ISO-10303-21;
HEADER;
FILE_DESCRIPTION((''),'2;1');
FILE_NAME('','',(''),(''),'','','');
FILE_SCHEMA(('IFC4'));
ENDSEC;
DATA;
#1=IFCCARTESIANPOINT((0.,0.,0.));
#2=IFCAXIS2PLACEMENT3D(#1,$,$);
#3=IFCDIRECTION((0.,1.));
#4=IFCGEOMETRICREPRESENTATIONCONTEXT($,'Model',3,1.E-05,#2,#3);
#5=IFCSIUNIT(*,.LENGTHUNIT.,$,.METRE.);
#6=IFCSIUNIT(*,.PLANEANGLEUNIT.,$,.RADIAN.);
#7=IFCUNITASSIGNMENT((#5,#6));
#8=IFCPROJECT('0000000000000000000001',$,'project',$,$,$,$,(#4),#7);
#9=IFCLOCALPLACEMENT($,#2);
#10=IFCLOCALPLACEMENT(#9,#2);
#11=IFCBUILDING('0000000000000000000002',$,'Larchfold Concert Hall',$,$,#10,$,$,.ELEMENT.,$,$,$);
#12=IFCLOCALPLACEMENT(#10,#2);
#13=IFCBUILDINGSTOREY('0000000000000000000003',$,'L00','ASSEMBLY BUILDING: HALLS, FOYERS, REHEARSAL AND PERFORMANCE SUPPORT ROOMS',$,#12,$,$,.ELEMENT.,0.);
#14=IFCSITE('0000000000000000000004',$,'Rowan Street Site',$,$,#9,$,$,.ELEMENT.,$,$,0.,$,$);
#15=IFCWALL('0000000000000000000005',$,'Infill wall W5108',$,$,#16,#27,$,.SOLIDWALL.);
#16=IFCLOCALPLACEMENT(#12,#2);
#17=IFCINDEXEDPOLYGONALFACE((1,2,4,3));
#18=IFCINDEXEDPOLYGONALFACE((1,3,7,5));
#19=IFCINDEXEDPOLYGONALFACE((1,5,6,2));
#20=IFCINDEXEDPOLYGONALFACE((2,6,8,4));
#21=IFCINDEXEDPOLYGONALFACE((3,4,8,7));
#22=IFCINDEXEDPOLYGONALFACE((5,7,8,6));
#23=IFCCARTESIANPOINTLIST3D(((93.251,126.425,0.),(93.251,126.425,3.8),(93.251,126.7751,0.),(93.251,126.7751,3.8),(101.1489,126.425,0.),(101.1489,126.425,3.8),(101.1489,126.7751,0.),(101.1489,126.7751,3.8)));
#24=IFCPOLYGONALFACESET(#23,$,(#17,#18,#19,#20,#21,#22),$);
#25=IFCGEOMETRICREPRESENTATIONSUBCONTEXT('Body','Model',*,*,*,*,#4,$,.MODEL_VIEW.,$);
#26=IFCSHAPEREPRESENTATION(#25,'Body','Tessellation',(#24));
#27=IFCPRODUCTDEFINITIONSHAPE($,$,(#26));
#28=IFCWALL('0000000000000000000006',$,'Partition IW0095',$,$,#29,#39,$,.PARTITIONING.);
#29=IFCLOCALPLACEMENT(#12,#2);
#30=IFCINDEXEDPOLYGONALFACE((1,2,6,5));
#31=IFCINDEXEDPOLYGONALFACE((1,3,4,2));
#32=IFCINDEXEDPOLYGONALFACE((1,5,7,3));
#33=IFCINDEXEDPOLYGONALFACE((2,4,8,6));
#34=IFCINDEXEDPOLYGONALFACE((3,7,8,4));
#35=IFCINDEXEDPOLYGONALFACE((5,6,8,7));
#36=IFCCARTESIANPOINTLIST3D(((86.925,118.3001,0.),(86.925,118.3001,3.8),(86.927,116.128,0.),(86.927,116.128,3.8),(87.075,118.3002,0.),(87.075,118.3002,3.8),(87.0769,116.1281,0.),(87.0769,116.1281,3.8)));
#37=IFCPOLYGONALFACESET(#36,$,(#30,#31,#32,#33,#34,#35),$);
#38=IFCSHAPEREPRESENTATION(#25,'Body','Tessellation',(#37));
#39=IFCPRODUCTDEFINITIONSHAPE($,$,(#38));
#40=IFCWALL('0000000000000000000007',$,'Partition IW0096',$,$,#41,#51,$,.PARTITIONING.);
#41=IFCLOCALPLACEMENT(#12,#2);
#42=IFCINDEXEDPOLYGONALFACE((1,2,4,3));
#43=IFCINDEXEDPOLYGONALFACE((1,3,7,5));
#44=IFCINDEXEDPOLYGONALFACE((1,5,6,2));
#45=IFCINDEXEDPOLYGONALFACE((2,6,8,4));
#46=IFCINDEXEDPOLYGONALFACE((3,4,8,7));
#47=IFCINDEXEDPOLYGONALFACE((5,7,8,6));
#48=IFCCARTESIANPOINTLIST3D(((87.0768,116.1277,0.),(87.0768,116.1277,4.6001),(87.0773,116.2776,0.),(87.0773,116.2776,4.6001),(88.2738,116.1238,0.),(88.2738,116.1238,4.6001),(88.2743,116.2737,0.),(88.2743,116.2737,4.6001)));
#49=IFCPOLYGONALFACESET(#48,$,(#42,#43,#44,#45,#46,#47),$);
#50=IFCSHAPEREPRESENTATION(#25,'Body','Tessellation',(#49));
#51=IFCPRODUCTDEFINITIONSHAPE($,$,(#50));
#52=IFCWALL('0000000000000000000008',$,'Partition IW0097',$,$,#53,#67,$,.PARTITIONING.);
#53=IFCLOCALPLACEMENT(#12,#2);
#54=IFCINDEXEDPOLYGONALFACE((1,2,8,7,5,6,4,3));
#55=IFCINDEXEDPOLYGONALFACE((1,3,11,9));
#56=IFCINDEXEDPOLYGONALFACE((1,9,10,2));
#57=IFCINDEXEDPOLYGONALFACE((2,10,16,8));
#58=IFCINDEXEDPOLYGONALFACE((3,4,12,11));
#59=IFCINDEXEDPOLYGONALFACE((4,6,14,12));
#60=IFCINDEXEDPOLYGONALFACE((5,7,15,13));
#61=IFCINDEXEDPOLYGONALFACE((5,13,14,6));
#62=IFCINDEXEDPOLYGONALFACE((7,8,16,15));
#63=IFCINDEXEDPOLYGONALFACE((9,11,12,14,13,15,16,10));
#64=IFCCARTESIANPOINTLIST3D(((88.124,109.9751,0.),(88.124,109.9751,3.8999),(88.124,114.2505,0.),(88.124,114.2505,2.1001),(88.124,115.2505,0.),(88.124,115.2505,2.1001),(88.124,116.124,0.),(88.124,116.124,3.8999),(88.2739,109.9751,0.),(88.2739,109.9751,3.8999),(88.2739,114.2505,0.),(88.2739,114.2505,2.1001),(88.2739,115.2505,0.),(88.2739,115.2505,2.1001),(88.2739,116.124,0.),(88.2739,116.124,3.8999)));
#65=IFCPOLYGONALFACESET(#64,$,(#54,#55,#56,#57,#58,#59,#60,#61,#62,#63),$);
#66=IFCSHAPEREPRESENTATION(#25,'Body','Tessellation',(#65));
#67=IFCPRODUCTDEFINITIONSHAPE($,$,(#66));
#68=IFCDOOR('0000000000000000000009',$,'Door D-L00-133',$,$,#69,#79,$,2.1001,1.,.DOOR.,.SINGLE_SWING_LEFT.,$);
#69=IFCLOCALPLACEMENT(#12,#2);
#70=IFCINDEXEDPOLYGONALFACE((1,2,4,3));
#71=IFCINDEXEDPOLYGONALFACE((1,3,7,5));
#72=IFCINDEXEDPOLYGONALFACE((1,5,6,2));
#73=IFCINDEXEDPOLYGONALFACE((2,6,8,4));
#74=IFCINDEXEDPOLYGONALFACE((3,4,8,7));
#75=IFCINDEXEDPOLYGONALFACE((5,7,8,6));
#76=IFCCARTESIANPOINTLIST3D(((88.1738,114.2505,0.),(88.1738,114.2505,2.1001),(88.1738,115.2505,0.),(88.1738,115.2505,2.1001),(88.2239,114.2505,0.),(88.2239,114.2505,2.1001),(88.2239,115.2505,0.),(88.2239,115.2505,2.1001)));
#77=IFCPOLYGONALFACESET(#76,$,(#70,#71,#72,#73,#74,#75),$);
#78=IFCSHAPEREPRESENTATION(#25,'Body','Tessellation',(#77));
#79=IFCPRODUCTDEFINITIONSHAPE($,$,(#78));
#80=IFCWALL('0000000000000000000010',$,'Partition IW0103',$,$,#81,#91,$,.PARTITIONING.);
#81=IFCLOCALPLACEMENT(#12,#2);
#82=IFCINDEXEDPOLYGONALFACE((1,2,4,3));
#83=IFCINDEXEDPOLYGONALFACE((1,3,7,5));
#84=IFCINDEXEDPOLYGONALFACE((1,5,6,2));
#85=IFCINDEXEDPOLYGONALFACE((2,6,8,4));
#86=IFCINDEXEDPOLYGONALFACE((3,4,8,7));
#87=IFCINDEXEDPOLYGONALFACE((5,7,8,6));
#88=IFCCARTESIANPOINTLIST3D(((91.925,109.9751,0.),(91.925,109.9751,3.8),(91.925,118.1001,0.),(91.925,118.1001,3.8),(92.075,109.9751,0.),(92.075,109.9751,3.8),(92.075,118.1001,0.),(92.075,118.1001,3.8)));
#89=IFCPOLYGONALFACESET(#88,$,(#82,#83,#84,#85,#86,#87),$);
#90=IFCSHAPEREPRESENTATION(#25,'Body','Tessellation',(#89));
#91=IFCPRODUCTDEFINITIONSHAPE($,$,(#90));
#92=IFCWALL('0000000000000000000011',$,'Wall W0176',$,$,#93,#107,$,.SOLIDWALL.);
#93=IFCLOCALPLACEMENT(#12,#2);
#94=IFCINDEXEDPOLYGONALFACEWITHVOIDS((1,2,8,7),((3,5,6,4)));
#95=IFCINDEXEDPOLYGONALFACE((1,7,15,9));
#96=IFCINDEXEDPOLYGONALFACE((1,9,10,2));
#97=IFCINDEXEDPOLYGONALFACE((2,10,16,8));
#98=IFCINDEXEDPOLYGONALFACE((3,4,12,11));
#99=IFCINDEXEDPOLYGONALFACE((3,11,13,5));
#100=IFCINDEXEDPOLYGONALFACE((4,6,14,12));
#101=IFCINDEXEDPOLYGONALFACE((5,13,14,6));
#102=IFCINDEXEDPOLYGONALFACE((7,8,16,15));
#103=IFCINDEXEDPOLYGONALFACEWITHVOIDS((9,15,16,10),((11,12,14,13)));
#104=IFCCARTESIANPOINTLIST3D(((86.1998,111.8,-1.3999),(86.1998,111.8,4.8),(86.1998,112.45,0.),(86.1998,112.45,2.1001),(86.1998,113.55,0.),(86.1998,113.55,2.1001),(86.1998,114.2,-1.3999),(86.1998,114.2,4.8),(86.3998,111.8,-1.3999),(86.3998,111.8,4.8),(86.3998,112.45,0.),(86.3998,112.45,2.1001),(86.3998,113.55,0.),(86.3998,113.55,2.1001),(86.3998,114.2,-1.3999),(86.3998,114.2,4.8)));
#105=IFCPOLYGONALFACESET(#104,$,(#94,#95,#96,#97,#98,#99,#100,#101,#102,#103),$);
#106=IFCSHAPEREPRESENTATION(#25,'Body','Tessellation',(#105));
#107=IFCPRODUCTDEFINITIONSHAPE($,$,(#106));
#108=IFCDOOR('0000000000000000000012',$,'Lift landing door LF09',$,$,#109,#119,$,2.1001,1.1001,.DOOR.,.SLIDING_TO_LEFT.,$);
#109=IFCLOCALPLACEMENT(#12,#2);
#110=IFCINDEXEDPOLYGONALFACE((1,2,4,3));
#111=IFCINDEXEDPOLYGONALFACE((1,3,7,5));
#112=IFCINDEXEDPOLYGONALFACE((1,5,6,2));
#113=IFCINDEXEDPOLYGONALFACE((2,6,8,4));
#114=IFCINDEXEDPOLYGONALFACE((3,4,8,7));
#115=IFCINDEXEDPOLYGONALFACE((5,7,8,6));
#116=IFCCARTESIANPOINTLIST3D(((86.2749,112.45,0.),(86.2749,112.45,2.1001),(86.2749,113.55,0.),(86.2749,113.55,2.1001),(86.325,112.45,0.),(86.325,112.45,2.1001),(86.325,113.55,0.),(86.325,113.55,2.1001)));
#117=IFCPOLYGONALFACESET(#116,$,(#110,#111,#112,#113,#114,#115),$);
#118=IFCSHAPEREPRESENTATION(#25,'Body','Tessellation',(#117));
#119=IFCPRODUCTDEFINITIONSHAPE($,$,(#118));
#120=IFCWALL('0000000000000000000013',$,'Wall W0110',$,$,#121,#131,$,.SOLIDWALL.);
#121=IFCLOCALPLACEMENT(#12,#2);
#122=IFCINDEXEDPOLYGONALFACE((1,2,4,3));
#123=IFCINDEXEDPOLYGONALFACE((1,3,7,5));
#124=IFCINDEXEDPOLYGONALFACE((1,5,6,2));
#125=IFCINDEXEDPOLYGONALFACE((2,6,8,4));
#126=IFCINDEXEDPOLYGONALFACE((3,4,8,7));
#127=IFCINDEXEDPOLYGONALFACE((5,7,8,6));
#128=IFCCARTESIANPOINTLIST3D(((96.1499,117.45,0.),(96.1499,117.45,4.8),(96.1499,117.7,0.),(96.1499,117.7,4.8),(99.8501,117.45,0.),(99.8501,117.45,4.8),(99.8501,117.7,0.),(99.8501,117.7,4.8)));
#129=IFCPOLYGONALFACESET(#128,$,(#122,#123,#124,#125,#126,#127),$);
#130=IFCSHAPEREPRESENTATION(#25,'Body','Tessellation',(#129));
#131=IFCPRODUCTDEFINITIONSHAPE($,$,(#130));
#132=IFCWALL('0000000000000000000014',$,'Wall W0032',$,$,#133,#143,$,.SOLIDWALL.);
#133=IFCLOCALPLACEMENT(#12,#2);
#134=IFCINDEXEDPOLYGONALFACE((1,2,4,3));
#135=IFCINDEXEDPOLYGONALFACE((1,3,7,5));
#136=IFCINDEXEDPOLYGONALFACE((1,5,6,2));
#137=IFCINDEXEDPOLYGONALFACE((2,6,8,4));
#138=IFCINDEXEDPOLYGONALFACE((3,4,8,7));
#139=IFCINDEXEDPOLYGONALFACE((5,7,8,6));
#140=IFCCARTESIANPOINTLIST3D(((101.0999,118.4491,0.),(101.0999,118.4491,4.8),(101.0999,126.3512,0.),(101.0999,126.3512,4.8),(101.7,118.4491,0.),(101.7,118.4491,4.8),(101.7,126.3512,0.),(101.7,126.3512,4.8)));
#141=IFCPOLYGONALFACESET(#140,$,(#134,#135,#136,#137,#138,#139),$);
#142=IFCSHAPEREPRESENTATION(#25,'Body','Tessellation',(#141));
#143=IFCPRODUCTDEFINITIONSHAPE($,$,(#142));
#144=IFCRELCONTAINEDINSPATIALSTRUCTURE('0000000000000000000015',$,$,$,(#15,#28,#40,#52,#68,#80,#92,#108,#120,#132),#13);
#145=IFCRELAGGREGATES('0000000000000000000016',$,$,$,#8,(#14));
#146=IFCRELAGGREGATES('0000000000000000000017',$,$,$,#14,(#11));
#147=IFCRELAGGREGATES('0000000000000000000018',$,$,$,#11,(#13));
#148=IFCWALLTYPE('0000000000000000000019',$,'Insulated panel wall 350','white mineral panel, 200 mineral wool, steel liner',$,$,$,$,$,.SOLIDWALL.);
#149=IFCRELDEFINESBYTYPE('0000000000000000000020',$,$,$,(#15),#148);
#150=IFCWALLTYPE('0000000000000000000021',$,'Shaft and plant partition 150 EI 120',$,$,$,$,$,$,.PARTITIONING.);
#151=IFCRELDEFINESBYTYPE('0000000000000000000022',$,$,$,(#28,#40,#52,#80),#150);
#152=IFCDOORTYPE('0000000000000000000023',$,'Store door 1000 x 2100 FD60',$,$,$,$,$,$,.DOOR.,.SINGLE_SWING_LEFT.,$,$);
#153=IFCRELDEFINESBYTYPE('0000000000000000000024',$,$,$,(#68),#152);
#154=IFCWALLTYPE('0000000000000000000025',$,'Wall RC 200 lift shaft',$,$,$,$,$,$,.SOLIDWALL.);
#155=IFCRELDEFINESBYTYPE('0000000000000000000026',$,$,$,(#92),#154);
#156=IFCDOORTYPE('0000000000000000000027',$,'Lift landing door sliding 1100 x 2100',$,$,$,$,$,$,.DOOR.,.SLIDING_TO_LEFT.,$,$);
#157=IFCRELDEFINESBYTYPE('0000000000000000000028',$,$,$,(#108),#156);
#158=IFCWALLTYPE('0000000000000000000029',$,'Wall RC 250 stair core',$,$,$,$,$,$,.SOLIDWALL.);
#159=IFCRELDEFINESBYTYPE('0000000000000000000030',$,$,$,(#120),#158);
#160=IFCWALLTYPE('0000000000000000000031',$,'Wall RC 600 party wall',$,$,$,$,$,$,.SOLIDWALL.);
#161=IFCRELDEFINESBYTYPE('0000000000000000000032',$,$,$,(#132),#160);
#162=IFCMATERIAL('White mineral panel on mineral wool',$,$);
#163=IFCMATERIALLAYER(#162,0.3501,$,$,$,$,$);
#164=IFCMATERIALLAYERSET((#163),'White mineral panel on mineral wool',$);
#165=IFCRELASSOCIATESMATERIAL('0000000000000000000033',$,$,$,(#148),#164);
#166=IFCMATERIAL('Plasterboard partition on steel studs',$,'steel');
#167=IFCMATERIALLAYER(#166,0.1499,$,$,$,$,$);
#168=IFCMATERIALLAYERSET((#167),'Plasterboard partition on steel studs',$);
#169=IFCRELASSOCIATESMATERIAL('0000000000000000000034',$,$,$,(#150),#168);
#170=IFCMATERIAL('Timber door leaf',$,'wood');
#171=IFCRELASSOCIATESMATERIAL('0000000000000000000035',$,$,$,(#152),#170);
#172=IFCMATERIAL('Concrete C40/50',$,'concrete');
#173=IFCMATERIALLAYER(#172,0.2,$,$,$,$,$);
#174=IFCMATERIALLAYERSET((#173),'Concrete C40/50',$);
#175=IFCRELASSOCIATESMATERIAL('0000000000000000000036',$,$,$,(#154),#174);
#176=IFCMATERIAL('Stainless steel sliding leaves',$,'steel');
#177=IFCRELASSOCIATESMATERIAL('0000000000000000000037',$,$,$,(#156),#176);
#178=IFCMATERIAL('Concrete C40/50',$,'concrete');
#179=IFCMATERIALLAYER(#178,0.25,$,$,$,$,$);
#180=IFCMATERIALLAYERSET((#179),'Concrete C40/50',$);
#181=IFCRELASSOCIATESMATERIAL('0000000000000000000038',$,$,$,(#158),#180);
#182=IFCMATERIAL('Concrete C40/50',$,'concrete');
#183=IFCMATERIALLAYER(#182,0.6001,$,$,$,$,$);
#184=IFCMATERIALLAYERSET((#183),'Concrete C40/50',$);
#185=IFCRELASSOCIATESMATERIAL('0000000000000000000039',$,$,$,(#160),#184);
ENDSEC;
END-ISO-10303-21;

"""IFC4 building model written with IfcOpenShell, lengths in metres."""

from ifc_helpers import new_model, si_unit, direction, frame, frame_2d, origin, place, context, subcontext, project, spatial, rectangle, extrude, material, layer, layer_set, type_object, element, fill, save


model = new_model("IFC4")

# Units and contexts
model_context = context("Model", 3, precision=1e-05, world=origin(), true_north=direction((0.0, 1.0)))
body_context = subcontext(model_context, "Body", "Model", "MODEL_VIEW")
ifc_project = project(units=[si_unit("LENGTHUNIT", "METRE"), si_unit("PLANEANGLEUNIT", "RADIAN")], contexts=[model_context])

# Site, building, storey
site_placement = place(None, origin())
site = spatial("IfcSite", under=ifc_project, at=site_placement, Name="Rowan Street Site", CompositionType="ELEMENT", RefElevation=0.0)
building_placement = place(site_placement, origin())
building = spatial("IfcBuilding", under=site, at=building_placement, Name="Larchfold Concert Hall", CompositionType="ELEMENT")
storey_placement = place(building_placement, origin())
storey = spatial("IfcBuildingStorey", under=building, at=storey_placement, Name="L00", Description="ASSEMBLY BUILDING: HALLS, FOYERS, REHEARSAL AND PERFORMANCE SUPPORT ROOMS", CompositionType="ELEMENT", Elevation=0.0)

# Wall
ifc_material_1 = material(Name="White mineral panel on mineral wool")
ifc_layer_1 = layer(ifc_material_1, 0.3501)
ifc_layer_set_1 = layer_set([ifc_layer_1], Name="White mineral panel on mineral wool")
wall_type_1 = type_object("IfcWallType", Name="Insulated panel wall 350", Description="white mineral panel, 200 mineral wool, steel liner", PredefinedType="SOLIDWALL", material=ifc_layer_set_1)
wall_1_placement = place(storey_placement, frame((101.1489, 126.6001, 0.0), z_axis=(0.0, 0.0, 1.0), x_axis=(-1.0, 0.0, 0.0)))
element("IfcWall", 1, at=wall_1_placement, inside=storey, type_object=wall_type_1, Name="Infill wall W5108", PredefinedType="SOLIDWALL", context=body_context, shape_type="SweptSolid", body=[
    extrude(rectangle(XDim=7.8979, YDim=0.3501, at=frame_2d((3.949, 0.0))), origin(), (0.0, 0.0, 1.0), 3.8),
])

# Walls
ifc_material_2 = material(Name="Plasterboard partition on steel studs", Category="steel")
ifc_layer_2 = layer(ifc_material_2, 0.1499)
ifc_layer_set_2 = layer_set([ifc_layer_2], Name="Plasterboard partition on steel studs")
wall_type_2 = type_object("IfcWallType", Name="Shaft and plant partition 150 EI 120", PredefinedType="PARTITIONING", material=ifc_layer_set_2)
wall_2_placement = place(storey_placement, frame((87.0, 118.3, 0.0), z_axis=(0.0, 0.0, 1.0), x_axis=(0.000899, -1.0, 0.0)))
element("IfcWall", 2, at=wall_2_placement, inside=storey, type_object=wall_type_2, Name="Partition IW0095", PredefinedType="PARTITIONING", context=body_context, shape_type="SweptSolid", body=[
    extrude(rectangle(XDim=2.1721, YDim=0.1499, at=frame_2d((1.0859, 0.0))), origin(), (0.0, 0.0, 1.0), 3.8),
])
wall_3_placement = place(storey_placement, frame((87.0769, 116.2026, 0.0), z_axis=(0.0, 0.0, 1.0), x_axis=(0.999995, -0.003263, 0.0)))
element("IfcWall", 3, at=wall_3_placement, inside=storey, type_object=wall_type_2, Name="Partition IW0096", PredefinedType="PARTITIONING", context=body_context, shape_type="SweptSolid", body=[
    extrude(rectangle(XDim=1.197, YDim=0.1499, at=frame_2d((0.5986, 0.0))), origin(), (0.0, 0.0, 1.0), 4.6001),
])

# Wall, opening, door
wall_4_placement = place(storey_placement, frame((88.199, 116.124, 0.0), z_axis=(0.0, 0.0, 1.0), x_axis=(0.0, -1.0, 0.0)))
wall_4 = element("IfcWall", 4, at=wall_4_placement, inside=storey, type_object=wall_type_2, Name="Partition IW0097", PredefinedType="PARTITIONING", context=body_context, shape_type="SweptSolid", body=[
    extrude(rectangle(XDim=6.1489, YDim=0.1499, at=frame_2d((3.0745, 0.0))), origin(), (0.0, 0.0, 1.0), 3.8999),
])
opening_1_placement = place(wall_4_placement, frame((0.8735, 0.0, 0.0)))
opening_1 = element("IfcOpeningElement", 5, at=opening_1_placement, cuts=wall_4, PredefinedType="OPENING", context=body_context, shape_type="SweptSolid", body=[
    extrude(rectangle(XDim=1.0, YDim=2.1001, at=frame_2d((0.5, 1.05))), frame((0.0, 0.085, 0.0), z_axis=(0.0, -1.0, 0.0), x_axis=(1.0, 0.0, 0.0)), (0.0, 0.0, 1.0), 0.1699),
])
ifc_material_3 = material(Name="Timber door leaf", Category="wood")
door_type_1 = type_object("IfcDoorType", Name="Store door 1000 x 2100 FD60", OperationType="SINGLE_SWING_LEFT", PredefinedType="DOOR", material=ifc_material_3)
door_1_placement = place(opening_1_placement, origin())
door_1 = element("IfcDoor", 6, at=door_1_placement, inside=storey, type_object=door_type_1, Name="Door D-L00-133", OperationType="SINGLE_SWING_LEFT", OverallHeight=2.1001, OverallWidth=1.0, PredefinedType="DOOR", context=body_context, shape_type="SweptSolid", body=[
    extrude(rectangle(XDim=1.0, YDim=2.1001, at=frame_2d((0.5, 1.05))), frame((0.0, 0.0249, 0.0), z_axis=(0.0, -1.0, 0.0), x_axis=(1.0, 0.0, 0.0)), (0.0, 0.0, 1.0), 0.05),
])
fill(opening_1, door_1)

# Wall
wall_5_placement = place(storey_placement, frame((92.0, 118.1001, 0.0), z_axis=(0.0, 0.0, 1.0), x_axis=(0.0, -1.0, 0.0)))
element("IfcWall", 7, at=wall_5_placement, inside=storey, type_object=wall_type_2, Name="Partition IW0103", PredefinedType="PARTITIONING", context=body_context, shape_type="SweptSolid", body=[
    extrude(rectangle(XDim=8.125, YDim=0.1499, at=frame_2d((4.0625, 0.0))), origin(), (0.0, 0.0, 1.0), 3.8),
])

# Wall, opening, door
ifc_material_4 = material(Name="Concrete C40/50", Category="concrete")
ifc_layer_3 = layer(ifc_material_4, 0.2)
ifc_layer_set_3 = layer_set([ifc_layer_3], Name="Concrete C40/50")
wall_type_3 = type_object("IfcWallType", Name="Wall RC 200 lift shaft", PredefinedType="SOLIDWALL", material=ifc_layer_set_3)
wall_6_placement = place(storey_placement, frame((86.2998, 111.8, -1.3999), z_axis=(0.0, 0.0, 1.0), x_axis=(0.0, 1.0, 0.0)))
wall_6 = element("IfcWall", 8, at=wall_6_placement, inside=storey, type_object=wall_type_3, Name="Wall W0176", PredefinedType="SOLIDWALL", context=body_context, shape_type="SweptSolid", body=[
    extrude(rectangle(XDim=2.3999, YDim=0.2, at=frame_2d((1.2, 0.0))), origin(), (0.0, 0.0, 1.0), 6.2),
])
opening_2_placement = place(wall_6_placement, frame((0.6499, 0.0, 1.3999)))
opening_2 = element("IfcOpeningElement", 9, at=opening_2_placement, cuts=wall_6, PredefinedType="OPENING", context=body_context, shape_type="SweptSolid", body=[
    extrude(rectangle(XDim=1.1001, YDim=2.1001, at=frame_2d((0.55, 1.05))), frame((0.0, 0.1099, 0.0), z_axis=(0.0, -1.0, 0.0), x_axis=(1.0, 0.0, 0.0)), (0.0, 0.0, 1.0), 0.22),
])
ifc_material_5 = material(Name="Stainless steel sliding leaves", Category="steel")
door_type_2 = type_object("IfcDoorType", Name="Lift landing door sliding 1100 x 2100", OperationType="SLIDING_TO_LEFT", PredefinedType="DOOR", material=ifc_material_5)
door_2_placement = place(opening_2_placement, origin())
door_2 = element("IfcDoor", 10, at=door_2_placement, inside=storey, type_object=door_type_2, Name="Lift landing door LF09", OperationType="SLIDING_TO_LEFT", OverallHeight=2.1001, OverallWidth=1.1001, PredefinedType="DOOR", context=body_context, shape_type="SweptSolid", body=[
    extrude(rectangle(XDim=1.1001, YDim=2.1001, at=frame_2d((0.55, 1.05))), frame((0.0, 0.0249, 0.0), z_axis=(0.0, -1.0, 0.0), x_axis=(1.0, 0.0, 0.0)), (0.0, 0.0, 1.0), 0.05),
])
fill(opening_2, door_2)

# Walls
ifc_material_6 = material(Name="Concrete C40/50", Category="concrete")
ifc_layer_4 = layer(ifc_material_6, 0.25)
ifc_layer_set_4 = layer_set([ifc_layer_4], Name="Concrete C40/50")
wall_type_4 = type_object("IfcWallType", Name="Wall RC 250 stair core", PredefinedType="SOLIDWALL", material=ifc_layer_set_4)
wall_7_placement = place(storey_placement, frame((96.1499, 117.575, 0.0), z_axis=(0.0, 0.0, 1.0), x_axis=(1.0, 0.0, 0.0)))
element("IfcWall", 11, at=wall_7_placement, inside=storey, type_object=wall_type_4, Name="Wall W0110", PredefinedType="SOLIDWALL", context=body_context, shape_type="SweptSolid", body=[
    extrude(rectangle(XDim=3.7002, YDim=0.25, at=frame_2d((1.8501, 0.0))), origin(), (0.0, 0.0, 1.0), 4.8),
])
ifc_material_7 = material(Name="Concrete C40/50", Category="concrete")
ifc_layer_5 = layer(ifc_material_7, 0.6001)
ifc_layer_set_5 = layer_set([ifc_layer_5], Name="Concrete C40/50")
wall_type_5 = type_object("IfcWallType", Name="Wall RC 600 party wall", PredefinedType="SOLIDWALL", material=ifc_layer_set_5)
wall_8_placement = place(storey_placement, frame((101.3999, 118.449, 0.0), z_axis=(0.0, 0.0, 1.0), x_axis=(0.0, 1.0, 0.0)))
element("IfcWall", 12, at=wall_8_placement, inside=storey, type_object=wall_type_5, Name="Wall W0032", PredefinedType="SOLIDWALL", context=body_context, shape_type="SweptSolid", body=[
    extrude(rectangle(XDim=7.9021, YDim=0.6001, at=frame_2d((3.9512, 0.0))), origin(), (0.0, 0.0, 1.0), 4.8),
])

save(model, "model.ifc")
